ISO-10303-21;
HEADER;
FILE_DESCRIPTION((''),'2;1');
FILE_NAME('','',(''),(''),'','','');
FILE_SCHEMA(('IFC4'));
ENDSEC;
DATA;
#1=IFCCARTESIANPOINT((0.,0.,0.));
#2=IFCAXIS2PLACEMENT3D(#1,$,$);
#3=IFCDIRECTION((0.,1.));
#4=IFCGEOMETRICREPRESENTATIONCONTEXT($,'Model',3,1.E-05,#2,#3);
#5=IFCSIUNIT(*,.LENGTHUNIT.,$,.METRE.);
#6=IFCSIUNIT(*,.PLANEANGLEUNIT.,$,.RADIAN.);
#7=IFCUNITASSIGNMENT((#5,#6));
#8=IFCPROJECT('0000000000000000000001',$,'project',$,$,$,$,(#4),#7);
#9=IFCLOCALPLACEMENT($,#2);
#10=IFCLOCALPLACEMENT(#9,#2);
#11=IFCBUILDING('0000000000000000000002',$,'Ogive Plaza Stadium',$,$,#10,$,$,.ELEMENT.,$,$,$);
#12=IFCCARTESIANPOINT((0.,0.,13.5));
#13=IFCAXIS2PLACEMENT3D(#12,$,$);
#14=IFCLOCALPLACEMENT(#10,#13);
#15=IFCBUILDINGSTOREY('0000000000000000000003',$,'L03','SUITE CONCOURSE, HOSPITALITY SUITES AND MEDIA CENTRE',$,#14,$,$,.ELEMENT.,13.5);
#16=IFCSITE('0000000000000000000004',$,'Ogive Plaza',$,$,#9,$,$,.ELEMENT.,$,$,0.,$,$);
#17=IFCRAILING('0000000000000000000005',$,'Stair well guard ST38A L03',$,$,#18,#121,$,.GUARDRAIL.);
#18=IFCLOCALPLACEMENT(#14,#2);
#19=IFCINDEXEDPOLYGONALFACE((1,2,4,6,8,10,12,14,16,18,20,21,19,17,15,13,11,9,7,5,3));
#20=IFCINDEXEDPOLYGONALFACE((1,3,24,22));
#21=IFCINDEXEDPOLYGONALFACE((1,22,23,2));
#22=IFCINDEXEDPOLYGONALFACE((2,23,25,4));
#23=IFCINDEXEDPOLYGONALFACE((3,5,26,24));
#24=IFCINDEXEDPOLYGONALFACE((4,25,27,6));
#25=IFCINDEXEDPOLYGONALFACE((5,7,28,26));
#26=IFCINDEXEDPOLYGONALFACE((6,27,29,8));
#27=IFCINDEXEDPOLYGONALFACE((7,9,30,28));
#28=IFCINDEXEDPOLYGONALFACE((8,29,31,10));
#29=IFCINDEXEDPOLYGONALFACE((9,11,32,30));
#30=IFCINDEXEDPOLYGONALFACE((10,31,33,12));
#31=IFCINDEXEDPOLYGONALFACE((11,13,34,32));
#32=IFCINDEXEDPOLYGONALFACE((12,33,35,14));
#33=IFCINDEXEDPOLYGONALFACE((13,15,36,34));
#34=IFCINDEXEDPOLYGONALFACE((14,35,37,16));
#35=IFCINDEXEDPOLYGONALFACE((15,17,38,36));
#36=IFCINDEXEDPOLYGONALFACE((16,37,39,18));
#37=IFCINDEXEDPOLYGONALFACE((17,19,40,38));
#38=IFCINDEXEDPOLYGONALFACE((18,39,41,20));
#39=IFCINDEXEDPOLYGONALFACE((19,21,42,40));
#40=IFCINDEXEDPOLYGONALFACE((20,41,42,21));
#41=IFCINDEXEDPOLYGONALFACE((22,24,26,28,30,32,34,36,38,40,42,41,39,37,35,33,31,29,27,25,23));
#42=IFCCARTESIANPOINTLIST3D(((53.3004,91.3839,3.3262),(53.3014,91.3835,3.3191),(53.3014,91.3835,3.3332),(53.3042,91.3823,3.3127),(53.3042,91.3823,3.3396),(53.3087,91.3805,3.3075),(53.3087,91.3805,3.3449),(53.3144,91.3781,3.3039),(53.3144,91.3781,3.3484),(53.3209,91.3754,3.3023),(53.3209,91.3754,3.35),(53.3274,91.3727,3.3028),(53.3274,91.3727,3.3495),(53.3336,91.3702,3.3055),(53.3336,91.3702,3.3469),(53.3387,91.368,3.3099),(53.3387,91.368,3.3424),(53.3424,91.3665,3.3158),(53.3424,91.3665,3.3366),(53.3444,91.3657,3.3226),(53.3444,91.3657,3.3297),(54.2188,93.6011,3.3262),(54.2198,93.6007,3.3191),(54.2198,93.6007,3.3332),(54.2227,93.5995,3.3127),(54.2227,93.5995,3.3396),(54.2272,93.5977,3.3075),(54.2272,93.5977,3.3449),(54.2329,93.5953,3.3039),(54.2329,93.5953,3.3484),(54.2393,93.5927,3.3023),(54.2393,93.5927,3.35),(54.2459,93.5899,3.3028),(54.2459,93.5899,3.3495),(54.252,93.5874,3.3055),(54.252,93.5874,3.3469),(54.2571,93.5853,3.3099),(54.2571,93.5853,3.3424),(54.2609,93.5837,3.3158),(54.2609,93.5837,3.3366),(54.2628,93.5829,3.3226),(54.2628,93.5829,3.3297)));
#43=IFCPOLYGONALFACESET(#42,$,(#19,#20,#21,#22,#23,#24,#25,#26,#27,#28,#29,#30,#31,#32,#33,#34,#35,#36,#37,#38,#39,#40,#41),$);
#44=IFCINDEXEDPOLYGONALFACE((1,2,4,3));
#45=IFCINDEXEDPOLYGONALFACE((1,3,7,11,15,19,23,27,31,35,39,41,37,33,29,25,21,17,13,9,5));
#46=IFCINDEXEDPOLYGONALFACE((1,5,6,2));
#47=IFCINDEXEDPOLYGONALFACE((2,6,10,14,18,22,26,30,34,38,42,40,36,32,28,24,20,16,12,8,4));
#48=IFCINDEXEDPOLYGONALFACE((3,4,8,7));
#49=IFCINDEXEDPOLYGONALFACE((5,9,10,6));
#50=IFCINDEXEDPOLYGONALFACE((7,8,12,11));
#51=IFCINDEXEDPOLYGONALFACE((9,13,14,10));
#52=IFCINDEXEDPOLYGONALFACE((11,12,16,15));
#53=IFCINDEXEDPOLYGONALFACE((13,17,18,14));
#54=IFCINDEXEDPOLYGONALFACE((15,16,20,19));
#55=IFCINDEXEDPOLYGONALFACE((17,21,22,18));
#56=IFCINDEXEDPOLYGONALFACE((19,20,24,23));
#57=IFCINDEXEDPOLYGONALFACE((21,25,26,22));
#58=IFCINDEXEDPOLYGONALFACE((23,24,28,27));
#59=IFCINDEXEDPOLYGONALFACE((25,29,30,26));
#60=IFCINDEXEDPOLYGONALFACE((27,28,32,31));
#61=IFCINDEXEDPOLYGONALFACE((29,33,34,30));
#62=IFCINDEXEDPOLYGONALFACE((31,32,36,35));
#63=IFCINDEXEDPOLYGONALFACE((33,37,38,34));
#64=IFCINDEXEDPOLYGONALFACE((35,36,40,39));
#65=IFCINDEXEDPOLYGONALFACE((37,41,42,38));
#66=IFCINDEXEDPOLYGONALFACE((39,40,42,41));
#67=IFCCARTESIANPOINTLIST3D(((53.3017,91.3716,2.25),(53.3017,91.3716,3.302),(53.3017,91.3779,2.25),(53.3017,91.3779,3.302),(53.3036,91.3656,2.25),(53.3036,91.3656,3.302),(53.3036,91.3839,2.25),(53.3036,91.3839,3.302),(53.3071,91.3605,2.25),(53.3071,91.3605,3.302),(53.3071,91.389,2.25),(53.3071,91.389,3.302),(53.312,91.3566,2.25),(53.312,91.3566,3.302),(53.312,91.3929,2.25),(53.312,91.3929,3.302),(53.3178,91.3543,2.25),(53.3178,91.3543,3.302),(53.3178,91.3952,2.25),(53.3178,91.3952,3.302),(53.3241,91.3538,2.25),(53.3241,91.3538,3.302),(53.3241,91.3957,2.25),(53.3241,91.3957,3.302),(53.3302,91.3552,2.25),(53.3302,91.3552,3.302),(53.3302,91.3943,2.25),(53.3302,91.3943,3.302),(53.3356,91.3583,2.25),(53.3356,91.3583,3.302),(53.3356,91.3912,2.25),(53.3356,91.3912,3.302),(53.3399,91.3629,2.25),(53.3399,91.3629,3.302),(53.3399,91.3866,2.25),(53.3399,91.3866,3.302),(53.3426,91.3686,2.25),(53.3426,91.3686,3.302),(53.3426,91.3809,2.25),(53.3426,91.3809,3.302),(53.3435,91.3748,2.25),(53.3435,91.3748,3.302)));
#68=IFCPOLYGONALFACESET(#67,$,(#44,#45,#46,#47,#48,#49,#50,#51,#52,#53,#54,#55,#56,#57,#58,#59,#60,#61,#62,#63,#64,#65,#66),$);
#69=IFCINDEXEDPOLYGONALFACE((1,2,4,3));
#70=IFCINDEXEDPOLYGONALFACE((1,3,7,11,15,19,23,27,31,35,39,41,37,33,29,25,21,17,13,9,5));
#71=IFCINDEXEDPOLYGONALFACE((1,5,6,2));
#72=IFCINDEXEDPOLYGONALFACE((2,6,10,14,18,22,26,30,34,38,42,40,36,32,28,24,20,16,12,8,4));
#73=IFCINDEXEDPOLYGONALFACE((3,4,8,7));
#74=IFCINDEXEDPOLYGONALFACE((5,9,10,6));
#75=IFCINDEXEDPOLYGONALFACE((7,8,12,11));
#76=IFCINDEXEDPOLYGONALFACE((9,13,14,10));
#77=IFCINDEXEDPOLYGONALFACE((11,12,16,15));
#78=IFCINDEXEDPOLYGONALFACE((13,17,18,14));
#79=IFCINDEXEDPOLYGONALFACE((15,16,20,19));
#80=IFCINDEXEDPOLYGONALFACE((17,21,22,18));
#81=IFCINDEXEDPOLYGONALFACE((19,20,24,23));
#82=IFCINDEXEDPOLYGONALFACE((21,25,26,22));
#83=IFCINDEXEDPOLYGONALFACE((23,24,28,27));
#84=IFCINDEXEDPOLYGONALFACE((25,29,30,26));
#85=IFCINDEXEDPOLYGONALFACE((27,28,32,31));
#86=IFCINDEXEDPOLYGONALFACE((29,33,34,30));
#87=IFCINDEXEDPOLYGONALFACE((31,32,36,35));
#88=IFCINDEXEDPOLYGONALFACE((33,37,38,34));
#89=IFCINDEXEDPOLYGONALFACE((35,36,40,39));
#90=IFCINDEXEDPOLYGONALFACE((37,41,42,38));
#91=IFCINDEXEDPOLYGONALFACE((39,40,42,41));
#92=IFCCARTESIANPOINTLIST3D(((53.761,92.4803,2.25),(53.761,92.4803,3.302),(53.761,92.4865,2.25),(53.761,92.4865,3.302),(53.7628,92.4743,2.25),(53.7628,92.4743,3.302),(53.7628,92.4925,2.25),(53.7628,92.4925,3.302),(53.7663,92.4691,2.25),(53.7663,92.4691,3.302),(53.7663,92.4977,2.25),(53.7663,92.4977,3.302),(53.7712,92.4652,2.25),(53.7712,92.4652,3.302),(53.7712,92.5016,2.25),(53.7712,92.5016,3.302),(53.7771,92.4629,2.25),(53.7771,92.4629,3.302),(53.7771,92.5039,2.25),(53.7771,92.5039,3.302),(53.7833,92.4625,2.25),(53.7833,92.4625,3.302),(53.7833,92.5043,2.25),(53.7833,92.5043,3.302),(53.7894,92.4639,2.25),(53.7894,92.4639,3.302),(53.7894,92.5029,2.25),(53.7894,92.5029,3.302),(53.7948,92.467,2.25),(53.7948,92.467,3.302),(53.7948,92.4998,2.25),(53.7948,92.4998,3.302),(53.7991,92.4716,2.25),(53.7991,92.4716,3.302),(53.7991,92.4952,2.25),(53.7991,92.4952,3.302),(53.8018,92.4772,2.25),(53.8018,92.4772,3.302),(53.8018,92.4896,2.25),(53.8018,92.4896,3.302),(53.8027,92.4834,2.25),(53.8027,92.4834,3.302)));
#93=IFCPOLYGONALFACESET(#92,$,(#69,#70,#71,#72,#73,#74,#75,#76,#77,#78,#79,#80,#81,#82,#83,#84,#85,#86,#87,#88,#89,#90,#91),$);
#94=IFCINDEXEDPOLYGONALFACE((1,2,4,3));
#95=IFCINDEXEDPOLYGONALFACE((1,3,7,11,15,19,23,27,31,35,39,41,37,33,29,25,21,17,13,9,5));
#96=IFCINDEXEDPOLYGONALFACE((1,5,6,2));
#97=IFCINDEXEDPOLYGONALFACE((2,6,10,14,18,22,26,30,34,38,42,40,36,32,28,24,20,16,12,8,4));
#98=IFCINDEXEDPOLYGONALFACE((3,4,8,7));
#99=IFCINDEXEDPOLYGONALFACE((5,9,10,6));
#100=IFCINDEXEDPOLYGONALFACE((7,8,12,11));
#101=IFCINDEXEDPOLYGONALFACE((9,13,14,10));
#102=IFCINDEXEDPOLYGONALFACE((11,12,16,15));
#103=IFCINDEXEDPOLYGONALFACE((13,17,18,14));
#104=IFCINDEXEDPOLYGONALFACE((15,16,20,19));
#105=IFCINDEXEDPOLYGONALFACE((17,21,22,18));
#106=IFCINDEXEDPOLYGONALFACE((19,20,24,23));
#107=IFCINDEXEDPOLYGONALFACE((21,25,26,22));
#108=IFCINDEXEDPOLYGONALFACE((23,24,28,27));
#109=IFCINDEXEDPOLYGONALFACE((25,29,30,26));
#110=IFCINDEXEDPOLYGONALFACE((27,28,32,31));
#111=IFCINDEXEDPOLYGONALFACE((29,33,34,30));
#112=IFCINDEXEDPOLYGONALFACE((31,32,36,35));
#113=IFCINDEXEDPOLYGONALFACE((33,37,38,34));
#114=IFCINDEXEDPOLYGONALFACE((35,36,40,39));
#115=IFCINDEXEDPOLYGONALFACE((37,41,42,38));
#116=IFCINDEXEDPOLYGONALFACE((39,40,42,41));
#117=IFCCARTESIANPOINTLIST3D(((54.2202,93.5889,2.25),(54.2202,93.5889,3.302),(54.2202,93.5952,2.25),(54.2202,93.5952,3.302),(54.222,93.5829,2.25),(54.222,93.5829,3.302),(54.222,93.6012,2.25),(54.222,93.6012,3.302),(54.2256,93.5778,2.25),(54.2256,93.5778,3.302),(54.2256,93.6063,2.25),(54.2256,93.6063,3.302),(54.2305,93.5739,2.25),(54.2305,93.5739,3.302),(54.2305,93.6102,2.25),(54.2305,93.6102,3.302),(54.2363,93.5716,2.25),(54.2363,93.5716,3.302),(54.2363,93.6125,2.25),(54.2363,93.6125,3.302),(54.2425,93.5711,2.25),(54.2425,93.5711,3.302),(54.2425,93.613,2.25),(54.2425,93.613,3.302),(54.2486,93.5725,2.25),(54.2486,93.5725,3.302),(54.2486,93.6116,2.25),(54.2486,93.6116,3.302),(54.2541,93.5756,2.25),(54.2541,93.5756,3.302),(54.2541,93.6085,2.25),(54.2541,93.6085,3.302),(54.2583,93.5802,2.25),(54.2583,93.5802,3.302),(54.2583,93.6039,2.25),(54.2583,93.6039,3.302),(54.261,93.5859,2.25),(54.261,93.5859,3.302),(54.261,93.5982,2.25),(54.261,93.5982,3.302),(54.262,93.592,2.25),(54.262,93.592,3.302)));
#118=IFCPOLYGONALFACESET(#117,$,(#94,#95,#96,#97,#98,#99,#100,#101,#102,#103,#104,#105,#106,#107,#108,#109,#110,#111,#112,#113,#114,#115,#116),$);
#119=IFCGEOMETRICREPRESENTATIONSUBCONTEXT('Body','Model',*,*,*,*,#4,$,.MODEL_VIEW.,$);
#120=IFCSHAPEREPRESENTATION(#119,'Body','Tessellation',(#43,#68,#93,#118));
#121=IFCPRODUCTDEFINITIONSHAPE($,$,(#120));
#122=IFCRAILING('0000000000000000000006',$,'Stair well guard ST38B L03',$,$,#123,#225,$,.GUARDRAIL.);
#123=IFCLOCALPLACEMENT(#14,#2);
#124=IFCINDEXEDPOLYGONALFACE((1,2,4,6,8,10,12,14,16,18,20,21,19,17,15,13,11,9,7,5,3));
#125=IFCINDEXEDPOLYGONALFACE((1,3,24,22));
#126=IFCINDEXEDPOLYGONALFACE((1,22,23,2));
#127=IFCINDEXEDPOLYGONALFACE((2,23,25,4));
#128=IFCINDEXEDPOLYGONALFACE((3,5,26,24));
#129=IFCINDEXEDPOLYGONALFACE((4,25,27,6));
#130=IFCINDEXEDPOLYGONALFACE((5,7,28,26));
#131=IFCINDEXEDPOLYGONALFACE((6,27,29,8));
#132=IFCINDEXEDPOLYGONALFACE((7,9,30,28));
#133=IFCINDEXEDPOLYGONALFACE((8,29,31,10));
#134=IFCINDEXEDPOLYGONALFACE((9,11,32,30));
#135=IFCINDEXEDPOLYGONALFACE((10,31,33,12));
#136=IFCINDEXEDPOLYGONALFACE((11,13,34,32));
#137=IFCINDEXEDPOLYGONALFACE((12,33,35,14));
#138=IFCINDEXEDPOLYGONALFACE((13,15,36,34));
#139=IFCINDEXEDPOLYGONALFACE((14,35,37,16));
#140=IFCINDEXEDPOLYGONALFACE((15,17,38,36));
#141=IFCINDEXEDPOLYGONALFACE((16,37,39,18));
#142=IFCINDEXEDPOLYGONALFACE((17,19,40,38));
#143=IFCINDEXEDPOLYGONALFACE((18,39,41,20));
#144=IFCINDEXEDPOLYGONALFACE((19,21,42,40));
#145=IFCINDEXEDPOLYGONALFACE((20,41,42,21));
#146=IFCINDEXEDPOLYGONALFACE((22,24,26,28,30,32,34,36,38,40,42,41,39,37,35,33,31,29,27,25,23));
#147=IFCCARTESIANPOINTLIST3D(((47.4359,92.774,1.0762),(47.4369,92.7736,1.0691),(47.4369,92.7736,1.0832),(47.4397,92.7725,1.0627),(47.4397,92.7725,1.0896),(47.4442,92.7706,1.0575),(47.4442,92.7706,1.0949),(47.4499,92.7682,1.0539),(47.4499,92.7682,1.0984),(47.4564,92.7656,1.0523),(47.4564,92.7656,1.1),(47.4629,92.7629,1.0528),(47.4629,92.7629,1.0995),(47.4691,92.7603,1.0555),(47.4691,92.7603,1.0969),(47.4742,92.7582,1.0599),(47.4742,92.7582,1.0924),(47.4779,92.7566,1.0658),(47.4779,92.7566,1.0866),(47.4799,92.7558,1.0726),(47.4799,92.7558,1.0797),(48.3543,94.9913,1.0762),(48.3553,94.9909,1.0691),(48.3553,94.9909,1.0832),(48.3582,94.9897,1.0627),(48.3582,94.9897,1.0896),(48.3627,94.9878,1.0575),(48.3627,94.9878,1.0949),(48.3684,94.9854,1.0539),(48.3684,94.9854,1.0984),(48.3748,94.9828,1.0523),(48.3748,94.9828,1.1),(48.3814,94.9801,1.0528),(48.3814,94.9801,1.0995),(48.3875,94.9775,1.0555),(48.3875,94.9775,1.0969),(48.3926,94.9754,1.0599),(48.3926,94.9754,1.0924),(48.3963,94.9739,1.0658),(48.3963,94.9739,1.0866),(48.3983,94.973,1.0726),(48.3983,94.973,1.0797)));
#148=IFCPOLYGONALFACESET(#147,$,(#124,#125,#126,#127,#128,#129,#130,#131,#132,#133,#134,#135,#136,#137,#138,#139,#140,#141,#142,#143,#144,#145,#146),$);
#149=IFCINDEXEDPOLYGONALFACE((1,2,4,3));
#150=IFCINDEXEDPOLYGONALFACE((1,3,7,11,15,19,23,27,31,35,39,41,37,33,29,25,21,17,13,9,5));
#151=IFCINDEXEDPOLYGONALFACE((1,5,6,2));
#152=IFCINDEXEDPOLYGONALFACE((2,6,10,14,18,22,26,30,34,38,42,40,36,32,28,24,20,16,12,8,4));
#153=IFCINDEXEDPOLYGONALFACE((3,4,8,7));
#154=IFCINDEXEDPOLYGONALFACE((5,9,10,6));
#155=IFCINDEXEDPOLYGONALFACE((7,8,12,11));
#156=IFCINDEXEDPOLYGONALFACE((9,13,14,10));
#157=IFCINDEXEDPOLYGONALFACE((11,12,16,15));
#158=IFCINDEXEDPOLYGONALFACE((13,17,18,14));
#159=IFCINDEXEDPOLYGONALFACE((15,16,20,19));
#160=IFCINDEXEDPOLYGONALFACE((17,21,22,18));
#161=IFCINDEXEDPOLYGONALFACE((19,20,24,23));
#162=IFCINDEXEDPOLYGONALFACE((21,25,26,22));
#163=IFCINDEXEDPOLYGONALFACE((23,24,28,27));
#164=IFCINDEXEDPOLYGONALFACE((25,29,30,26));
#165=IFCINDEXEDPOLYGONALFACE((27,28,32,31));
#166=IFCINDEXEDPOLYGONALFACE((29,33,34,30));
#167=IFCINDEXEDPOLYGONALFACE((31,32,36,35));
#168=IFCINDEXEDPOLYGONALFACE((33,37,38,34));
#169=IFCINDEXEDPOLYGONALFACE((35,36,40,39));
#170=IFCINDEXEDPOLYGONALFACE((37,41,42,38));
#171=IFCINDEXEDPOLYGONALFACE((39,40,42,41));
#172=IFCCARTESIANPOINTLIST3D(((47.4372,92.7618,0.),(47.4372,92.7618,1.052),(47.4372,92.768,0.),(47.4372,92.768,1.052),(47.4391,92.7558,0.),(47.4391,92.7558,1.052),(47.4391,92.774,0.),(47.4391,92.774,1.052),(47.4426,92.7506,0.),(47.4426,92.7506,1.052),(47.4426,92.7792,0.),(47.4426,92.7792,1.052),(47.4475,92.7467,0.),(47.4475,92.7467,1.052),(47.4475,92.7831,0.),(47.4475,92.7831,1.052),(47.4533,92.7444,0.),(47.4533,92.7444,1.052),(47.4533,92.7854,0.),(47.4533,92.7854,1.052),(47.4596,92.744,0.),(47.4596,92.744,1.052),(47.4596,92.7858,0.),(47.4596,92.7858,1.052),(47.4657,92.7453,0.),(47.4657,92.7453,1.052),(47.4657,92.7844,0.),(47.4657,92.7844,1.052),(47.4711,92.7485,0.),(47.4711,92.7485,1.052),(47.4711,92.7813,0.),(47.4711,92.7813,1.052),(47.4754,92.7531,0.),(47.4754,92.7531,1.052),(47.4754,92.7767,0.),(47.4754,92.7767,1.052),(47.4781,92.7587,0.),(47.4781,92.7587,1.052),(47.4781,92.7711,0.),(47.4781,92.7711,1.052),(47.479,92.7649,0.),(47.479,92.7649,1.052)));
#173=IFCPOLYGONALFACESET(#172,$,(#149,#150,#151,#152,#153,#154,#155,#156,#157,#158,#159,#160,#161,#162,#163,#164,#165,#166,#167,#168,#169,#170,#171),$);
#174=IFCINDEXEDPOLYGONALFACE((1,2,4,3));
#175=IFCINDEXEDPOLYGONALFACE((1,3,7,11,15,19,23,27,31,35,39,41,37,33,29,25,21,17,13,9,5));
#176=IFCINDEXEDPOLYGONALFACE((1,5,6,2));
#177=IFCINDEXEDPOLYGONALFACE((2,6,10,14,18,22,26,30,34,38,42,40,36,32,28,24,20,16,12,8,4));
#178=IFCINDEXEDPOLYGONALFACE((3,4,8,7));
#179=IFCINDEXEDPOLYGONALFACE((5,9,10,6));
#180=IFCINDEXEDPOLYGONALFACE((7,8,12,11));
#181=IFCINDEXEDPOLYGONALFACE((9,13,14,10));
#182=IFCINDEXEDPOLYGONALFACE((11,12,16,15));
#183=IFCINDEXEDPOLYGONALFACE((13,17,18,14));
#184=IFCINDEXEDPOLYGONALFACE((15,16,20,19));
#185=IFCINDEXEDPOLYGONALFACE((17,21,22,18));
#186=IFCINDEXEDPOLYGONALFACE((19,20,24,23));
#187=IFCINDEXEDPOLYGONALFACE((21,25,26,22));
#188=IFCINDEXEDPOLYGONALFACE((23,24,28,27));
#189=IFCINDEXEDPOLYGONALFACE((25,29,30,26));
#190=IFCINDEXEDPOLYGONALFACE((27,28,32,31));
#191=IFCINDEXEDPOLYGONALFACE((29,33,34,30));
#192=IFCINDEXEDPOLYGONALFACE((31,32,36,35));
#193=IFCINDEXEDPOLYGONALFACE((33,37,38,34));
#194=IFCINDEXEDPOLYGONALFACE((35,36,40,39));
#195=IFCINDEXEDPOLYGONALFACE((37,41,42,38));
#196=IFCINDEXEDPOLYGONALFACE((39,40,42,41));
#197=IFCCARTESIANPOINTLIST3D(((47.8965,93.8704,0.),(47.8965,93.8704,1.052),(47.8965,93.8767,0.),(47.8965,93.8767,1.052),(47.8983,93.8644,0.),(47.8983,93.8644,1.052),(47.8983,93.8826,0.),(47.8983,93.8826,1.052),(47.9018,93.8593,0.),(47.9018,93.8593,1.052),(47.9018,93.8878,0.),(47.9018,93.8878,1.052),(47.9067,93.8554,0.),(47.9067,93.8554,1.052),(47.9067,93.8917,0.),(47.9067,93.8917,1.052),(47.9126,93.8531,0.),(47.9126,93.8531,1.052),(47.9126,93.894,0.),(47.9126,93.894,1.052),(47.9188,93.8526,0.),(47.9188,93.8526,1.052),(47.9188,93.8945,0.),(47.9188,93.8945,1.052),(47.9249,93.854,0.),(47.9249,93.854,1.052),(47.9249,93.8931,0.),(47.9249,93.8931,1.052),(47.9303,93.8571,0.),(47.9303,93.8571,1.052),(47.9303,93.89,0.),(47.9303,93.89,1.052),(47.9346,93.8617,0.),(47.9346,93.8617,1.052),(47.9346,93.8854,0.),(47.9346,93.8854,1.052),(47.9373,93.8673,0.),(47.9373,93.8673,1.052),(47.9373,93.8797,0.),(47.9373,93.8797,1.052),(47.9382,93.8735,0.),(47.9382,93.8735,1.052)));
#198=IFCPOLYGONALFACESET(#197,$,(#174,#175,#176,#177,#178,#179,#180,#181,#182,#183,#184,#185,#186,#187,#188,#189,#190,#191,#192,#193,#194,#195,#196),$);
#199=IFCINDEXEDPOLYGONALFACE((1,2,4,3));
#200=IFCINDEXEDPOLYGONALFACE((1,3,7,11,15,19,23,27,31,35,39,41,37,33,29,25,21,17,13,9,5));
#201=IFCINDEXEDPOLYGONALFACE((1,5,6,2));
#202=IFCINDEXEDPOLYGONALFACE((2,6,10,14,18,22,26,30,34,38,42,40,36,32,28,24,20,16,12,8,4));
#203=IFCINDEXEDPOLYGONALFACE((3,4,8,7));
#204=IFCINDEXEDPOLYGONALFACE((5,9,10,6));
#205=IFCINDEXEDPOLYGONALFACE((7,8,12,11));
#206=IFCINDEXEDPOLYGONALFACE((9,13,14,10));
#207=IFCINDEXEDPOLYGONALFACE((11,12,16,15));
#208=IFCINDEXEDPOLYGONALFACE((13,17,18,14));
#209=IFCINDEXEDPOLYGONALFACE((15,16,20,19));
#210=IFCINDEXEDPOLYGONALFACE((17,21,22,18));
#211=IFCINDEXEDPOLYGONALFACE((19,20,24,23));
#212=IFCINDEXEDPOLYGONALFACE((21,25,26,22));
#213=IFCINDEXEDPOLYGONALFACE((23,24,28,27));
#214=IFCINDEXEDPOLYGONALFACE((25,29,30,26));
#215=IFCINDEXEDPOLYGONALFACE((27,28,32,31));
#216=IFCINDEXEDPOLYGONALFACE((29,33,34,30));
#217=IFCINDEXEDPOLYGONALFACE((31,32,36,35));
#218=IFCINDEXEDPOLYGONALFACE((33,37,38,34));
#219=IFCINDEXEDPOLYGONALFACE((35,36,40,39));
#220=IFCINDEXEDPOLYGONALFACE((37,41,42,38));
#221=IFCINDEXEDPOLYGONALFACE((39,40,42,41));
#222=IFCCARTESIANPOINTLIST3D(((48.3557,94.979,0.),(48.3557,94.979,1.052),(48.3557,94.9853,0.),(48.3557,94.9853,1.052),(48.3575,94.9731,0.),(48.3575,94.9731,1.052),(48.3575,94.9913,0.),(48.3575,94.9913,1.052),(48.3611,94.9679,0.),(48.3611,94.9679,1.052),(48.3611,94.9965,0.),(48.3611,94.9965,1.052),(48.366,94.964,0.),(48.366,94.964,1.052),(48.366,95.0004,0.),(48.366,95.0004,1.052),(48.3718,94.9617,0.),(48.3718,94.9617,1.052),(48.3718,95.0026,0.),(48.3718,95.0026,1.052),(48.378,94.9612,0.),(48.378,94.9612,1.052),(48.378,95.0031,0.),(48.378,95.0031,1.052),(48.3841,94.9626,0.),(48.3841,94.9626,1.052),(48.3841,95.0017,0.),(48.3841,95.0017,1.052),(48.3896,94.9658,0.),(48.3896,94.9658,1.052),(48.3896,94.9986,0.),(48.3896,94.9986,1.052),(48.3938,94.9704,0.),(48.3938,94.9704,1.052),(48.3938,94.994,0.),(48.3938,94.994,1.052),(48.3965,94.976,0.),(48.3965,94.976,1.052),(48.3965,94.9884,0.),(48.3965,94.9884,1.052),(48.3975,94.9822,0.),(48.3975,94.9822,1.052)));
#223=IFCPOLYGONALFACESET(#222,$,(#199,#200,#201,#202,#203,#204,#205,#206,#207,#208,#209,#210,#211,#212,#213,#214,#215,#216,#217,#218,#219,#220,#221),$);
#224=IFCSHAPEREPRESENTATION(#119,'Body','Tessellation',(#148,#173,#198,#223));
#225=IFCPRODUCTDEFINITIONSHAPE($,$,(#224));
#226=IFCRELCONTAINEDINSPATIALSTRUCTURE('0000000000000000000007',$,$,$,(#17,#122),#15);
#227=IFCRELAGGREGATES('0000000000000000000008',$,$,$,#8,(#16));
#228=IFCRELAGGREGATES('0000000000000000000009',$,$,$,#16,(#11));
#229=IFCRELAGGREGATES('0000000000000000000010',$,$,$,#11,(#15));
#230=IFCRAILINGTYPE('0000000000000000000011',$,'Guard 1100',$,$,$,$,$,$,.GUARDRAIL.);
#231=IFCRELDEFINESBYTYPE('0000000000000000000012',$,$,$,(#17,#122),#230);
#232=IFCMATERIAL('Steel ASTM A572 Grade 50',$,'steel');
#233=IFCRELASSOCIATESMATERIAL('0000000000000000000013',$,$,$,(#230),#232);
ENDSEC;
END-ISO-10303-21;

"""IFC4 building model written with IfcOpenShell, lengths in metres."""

from ifc_helpers import new_model, si_unit, direction, frame, origin, origin_2d, place, context, subcontext, project, spatial, circle, extrude, material, type_object, element, save


model = new_model("IFC4")

# Units and contexts
model_context = context("Model", 3, precision=1e-05, world=origin(), true_north=direction((0.0, 1.0)))
body_context = subcontext(model_context, "Body", "Model", "MODEL_VIEW")
ifc_project = project(units=[si_unit("LENGTHUNIT", "METRE"), si_unit("PLANEANGLEUNIT", "RADIAN")], contexts=[model_context])

# Site, building, storey
site_placement = place(None, origin())
site = spatial("IfcSite", under=ifc_project, at=site_placement, Name="Ogive Plaza", CompositionType="ELEMENT", RefElevation=0.0)
building_placement = place(site_placement, origin())
building = spatial("IfcBuilding", under=site, at=building_placement, Name="Ogive Plaza Stadium", CompositionType="ELEMENT")
storey_placement = place(building_placement, frame((0.0, 0.0, 13.5)))
storey = spatial("IfcBuildingStorey", under=building, at=storey_placement, Name="L03", Description="SUITE CONCOURSE, HOSPITALITY SUITES AND MEDIA CENTRE", CompositionType="ELEMENT", Elevation=13.5)

# Railings
ifc_material_1 = material(Name="Steel ASTM A572 Grade 50", Category="steel")
railing_type_1 = type_object("IfcRailingType", Name="Guard 1100", PredefinedType="GUARDRAIL", material=ifc_material_1)
for number, where, name in (
    (1, (53.3225, 91.3748, 2.25), "Stair well guard ST38A L03"),
    (2, (47.458, 92.7649, 0.0), "Stair well guard ST38B L03"),
):
    element("IfcRailing", number, at=place(storey_placement, frame(where)), inside=storey, type_object=railing_type_1, Name=name, PredefinedType="GUARDRAIL", context=body_context, shape_type="SweptSolid", body=[
        extrude(circle(Radius=0.0239, at=origin_2d()), frame((0.0, 0.0, 1.0762), z_axis=(0.382693, 0.923875, 0.0), x_axis=(-0.923875, 0.382693, 0.0)), (0.0, 0.0, 1.0), 2.3999),
        extrude(circle(Radius=0.021, at=origin_2d()), origin(), (0.0, 0.0, 1.0), 1.052),
        extrude(circle(Radius=0.021, at=origin_2d()), frame((0.4592, 1.1086, 0.0)), (0.0, 0.0, 1.0), 1.052),
        extrude(circle(Radius=0.021, at=origin_2d()), frame((0.9185, 2.2173, 0.0)), (0.0, 0.0, 1.0), 1.052),
    ])

save(model, "model.ifc")
